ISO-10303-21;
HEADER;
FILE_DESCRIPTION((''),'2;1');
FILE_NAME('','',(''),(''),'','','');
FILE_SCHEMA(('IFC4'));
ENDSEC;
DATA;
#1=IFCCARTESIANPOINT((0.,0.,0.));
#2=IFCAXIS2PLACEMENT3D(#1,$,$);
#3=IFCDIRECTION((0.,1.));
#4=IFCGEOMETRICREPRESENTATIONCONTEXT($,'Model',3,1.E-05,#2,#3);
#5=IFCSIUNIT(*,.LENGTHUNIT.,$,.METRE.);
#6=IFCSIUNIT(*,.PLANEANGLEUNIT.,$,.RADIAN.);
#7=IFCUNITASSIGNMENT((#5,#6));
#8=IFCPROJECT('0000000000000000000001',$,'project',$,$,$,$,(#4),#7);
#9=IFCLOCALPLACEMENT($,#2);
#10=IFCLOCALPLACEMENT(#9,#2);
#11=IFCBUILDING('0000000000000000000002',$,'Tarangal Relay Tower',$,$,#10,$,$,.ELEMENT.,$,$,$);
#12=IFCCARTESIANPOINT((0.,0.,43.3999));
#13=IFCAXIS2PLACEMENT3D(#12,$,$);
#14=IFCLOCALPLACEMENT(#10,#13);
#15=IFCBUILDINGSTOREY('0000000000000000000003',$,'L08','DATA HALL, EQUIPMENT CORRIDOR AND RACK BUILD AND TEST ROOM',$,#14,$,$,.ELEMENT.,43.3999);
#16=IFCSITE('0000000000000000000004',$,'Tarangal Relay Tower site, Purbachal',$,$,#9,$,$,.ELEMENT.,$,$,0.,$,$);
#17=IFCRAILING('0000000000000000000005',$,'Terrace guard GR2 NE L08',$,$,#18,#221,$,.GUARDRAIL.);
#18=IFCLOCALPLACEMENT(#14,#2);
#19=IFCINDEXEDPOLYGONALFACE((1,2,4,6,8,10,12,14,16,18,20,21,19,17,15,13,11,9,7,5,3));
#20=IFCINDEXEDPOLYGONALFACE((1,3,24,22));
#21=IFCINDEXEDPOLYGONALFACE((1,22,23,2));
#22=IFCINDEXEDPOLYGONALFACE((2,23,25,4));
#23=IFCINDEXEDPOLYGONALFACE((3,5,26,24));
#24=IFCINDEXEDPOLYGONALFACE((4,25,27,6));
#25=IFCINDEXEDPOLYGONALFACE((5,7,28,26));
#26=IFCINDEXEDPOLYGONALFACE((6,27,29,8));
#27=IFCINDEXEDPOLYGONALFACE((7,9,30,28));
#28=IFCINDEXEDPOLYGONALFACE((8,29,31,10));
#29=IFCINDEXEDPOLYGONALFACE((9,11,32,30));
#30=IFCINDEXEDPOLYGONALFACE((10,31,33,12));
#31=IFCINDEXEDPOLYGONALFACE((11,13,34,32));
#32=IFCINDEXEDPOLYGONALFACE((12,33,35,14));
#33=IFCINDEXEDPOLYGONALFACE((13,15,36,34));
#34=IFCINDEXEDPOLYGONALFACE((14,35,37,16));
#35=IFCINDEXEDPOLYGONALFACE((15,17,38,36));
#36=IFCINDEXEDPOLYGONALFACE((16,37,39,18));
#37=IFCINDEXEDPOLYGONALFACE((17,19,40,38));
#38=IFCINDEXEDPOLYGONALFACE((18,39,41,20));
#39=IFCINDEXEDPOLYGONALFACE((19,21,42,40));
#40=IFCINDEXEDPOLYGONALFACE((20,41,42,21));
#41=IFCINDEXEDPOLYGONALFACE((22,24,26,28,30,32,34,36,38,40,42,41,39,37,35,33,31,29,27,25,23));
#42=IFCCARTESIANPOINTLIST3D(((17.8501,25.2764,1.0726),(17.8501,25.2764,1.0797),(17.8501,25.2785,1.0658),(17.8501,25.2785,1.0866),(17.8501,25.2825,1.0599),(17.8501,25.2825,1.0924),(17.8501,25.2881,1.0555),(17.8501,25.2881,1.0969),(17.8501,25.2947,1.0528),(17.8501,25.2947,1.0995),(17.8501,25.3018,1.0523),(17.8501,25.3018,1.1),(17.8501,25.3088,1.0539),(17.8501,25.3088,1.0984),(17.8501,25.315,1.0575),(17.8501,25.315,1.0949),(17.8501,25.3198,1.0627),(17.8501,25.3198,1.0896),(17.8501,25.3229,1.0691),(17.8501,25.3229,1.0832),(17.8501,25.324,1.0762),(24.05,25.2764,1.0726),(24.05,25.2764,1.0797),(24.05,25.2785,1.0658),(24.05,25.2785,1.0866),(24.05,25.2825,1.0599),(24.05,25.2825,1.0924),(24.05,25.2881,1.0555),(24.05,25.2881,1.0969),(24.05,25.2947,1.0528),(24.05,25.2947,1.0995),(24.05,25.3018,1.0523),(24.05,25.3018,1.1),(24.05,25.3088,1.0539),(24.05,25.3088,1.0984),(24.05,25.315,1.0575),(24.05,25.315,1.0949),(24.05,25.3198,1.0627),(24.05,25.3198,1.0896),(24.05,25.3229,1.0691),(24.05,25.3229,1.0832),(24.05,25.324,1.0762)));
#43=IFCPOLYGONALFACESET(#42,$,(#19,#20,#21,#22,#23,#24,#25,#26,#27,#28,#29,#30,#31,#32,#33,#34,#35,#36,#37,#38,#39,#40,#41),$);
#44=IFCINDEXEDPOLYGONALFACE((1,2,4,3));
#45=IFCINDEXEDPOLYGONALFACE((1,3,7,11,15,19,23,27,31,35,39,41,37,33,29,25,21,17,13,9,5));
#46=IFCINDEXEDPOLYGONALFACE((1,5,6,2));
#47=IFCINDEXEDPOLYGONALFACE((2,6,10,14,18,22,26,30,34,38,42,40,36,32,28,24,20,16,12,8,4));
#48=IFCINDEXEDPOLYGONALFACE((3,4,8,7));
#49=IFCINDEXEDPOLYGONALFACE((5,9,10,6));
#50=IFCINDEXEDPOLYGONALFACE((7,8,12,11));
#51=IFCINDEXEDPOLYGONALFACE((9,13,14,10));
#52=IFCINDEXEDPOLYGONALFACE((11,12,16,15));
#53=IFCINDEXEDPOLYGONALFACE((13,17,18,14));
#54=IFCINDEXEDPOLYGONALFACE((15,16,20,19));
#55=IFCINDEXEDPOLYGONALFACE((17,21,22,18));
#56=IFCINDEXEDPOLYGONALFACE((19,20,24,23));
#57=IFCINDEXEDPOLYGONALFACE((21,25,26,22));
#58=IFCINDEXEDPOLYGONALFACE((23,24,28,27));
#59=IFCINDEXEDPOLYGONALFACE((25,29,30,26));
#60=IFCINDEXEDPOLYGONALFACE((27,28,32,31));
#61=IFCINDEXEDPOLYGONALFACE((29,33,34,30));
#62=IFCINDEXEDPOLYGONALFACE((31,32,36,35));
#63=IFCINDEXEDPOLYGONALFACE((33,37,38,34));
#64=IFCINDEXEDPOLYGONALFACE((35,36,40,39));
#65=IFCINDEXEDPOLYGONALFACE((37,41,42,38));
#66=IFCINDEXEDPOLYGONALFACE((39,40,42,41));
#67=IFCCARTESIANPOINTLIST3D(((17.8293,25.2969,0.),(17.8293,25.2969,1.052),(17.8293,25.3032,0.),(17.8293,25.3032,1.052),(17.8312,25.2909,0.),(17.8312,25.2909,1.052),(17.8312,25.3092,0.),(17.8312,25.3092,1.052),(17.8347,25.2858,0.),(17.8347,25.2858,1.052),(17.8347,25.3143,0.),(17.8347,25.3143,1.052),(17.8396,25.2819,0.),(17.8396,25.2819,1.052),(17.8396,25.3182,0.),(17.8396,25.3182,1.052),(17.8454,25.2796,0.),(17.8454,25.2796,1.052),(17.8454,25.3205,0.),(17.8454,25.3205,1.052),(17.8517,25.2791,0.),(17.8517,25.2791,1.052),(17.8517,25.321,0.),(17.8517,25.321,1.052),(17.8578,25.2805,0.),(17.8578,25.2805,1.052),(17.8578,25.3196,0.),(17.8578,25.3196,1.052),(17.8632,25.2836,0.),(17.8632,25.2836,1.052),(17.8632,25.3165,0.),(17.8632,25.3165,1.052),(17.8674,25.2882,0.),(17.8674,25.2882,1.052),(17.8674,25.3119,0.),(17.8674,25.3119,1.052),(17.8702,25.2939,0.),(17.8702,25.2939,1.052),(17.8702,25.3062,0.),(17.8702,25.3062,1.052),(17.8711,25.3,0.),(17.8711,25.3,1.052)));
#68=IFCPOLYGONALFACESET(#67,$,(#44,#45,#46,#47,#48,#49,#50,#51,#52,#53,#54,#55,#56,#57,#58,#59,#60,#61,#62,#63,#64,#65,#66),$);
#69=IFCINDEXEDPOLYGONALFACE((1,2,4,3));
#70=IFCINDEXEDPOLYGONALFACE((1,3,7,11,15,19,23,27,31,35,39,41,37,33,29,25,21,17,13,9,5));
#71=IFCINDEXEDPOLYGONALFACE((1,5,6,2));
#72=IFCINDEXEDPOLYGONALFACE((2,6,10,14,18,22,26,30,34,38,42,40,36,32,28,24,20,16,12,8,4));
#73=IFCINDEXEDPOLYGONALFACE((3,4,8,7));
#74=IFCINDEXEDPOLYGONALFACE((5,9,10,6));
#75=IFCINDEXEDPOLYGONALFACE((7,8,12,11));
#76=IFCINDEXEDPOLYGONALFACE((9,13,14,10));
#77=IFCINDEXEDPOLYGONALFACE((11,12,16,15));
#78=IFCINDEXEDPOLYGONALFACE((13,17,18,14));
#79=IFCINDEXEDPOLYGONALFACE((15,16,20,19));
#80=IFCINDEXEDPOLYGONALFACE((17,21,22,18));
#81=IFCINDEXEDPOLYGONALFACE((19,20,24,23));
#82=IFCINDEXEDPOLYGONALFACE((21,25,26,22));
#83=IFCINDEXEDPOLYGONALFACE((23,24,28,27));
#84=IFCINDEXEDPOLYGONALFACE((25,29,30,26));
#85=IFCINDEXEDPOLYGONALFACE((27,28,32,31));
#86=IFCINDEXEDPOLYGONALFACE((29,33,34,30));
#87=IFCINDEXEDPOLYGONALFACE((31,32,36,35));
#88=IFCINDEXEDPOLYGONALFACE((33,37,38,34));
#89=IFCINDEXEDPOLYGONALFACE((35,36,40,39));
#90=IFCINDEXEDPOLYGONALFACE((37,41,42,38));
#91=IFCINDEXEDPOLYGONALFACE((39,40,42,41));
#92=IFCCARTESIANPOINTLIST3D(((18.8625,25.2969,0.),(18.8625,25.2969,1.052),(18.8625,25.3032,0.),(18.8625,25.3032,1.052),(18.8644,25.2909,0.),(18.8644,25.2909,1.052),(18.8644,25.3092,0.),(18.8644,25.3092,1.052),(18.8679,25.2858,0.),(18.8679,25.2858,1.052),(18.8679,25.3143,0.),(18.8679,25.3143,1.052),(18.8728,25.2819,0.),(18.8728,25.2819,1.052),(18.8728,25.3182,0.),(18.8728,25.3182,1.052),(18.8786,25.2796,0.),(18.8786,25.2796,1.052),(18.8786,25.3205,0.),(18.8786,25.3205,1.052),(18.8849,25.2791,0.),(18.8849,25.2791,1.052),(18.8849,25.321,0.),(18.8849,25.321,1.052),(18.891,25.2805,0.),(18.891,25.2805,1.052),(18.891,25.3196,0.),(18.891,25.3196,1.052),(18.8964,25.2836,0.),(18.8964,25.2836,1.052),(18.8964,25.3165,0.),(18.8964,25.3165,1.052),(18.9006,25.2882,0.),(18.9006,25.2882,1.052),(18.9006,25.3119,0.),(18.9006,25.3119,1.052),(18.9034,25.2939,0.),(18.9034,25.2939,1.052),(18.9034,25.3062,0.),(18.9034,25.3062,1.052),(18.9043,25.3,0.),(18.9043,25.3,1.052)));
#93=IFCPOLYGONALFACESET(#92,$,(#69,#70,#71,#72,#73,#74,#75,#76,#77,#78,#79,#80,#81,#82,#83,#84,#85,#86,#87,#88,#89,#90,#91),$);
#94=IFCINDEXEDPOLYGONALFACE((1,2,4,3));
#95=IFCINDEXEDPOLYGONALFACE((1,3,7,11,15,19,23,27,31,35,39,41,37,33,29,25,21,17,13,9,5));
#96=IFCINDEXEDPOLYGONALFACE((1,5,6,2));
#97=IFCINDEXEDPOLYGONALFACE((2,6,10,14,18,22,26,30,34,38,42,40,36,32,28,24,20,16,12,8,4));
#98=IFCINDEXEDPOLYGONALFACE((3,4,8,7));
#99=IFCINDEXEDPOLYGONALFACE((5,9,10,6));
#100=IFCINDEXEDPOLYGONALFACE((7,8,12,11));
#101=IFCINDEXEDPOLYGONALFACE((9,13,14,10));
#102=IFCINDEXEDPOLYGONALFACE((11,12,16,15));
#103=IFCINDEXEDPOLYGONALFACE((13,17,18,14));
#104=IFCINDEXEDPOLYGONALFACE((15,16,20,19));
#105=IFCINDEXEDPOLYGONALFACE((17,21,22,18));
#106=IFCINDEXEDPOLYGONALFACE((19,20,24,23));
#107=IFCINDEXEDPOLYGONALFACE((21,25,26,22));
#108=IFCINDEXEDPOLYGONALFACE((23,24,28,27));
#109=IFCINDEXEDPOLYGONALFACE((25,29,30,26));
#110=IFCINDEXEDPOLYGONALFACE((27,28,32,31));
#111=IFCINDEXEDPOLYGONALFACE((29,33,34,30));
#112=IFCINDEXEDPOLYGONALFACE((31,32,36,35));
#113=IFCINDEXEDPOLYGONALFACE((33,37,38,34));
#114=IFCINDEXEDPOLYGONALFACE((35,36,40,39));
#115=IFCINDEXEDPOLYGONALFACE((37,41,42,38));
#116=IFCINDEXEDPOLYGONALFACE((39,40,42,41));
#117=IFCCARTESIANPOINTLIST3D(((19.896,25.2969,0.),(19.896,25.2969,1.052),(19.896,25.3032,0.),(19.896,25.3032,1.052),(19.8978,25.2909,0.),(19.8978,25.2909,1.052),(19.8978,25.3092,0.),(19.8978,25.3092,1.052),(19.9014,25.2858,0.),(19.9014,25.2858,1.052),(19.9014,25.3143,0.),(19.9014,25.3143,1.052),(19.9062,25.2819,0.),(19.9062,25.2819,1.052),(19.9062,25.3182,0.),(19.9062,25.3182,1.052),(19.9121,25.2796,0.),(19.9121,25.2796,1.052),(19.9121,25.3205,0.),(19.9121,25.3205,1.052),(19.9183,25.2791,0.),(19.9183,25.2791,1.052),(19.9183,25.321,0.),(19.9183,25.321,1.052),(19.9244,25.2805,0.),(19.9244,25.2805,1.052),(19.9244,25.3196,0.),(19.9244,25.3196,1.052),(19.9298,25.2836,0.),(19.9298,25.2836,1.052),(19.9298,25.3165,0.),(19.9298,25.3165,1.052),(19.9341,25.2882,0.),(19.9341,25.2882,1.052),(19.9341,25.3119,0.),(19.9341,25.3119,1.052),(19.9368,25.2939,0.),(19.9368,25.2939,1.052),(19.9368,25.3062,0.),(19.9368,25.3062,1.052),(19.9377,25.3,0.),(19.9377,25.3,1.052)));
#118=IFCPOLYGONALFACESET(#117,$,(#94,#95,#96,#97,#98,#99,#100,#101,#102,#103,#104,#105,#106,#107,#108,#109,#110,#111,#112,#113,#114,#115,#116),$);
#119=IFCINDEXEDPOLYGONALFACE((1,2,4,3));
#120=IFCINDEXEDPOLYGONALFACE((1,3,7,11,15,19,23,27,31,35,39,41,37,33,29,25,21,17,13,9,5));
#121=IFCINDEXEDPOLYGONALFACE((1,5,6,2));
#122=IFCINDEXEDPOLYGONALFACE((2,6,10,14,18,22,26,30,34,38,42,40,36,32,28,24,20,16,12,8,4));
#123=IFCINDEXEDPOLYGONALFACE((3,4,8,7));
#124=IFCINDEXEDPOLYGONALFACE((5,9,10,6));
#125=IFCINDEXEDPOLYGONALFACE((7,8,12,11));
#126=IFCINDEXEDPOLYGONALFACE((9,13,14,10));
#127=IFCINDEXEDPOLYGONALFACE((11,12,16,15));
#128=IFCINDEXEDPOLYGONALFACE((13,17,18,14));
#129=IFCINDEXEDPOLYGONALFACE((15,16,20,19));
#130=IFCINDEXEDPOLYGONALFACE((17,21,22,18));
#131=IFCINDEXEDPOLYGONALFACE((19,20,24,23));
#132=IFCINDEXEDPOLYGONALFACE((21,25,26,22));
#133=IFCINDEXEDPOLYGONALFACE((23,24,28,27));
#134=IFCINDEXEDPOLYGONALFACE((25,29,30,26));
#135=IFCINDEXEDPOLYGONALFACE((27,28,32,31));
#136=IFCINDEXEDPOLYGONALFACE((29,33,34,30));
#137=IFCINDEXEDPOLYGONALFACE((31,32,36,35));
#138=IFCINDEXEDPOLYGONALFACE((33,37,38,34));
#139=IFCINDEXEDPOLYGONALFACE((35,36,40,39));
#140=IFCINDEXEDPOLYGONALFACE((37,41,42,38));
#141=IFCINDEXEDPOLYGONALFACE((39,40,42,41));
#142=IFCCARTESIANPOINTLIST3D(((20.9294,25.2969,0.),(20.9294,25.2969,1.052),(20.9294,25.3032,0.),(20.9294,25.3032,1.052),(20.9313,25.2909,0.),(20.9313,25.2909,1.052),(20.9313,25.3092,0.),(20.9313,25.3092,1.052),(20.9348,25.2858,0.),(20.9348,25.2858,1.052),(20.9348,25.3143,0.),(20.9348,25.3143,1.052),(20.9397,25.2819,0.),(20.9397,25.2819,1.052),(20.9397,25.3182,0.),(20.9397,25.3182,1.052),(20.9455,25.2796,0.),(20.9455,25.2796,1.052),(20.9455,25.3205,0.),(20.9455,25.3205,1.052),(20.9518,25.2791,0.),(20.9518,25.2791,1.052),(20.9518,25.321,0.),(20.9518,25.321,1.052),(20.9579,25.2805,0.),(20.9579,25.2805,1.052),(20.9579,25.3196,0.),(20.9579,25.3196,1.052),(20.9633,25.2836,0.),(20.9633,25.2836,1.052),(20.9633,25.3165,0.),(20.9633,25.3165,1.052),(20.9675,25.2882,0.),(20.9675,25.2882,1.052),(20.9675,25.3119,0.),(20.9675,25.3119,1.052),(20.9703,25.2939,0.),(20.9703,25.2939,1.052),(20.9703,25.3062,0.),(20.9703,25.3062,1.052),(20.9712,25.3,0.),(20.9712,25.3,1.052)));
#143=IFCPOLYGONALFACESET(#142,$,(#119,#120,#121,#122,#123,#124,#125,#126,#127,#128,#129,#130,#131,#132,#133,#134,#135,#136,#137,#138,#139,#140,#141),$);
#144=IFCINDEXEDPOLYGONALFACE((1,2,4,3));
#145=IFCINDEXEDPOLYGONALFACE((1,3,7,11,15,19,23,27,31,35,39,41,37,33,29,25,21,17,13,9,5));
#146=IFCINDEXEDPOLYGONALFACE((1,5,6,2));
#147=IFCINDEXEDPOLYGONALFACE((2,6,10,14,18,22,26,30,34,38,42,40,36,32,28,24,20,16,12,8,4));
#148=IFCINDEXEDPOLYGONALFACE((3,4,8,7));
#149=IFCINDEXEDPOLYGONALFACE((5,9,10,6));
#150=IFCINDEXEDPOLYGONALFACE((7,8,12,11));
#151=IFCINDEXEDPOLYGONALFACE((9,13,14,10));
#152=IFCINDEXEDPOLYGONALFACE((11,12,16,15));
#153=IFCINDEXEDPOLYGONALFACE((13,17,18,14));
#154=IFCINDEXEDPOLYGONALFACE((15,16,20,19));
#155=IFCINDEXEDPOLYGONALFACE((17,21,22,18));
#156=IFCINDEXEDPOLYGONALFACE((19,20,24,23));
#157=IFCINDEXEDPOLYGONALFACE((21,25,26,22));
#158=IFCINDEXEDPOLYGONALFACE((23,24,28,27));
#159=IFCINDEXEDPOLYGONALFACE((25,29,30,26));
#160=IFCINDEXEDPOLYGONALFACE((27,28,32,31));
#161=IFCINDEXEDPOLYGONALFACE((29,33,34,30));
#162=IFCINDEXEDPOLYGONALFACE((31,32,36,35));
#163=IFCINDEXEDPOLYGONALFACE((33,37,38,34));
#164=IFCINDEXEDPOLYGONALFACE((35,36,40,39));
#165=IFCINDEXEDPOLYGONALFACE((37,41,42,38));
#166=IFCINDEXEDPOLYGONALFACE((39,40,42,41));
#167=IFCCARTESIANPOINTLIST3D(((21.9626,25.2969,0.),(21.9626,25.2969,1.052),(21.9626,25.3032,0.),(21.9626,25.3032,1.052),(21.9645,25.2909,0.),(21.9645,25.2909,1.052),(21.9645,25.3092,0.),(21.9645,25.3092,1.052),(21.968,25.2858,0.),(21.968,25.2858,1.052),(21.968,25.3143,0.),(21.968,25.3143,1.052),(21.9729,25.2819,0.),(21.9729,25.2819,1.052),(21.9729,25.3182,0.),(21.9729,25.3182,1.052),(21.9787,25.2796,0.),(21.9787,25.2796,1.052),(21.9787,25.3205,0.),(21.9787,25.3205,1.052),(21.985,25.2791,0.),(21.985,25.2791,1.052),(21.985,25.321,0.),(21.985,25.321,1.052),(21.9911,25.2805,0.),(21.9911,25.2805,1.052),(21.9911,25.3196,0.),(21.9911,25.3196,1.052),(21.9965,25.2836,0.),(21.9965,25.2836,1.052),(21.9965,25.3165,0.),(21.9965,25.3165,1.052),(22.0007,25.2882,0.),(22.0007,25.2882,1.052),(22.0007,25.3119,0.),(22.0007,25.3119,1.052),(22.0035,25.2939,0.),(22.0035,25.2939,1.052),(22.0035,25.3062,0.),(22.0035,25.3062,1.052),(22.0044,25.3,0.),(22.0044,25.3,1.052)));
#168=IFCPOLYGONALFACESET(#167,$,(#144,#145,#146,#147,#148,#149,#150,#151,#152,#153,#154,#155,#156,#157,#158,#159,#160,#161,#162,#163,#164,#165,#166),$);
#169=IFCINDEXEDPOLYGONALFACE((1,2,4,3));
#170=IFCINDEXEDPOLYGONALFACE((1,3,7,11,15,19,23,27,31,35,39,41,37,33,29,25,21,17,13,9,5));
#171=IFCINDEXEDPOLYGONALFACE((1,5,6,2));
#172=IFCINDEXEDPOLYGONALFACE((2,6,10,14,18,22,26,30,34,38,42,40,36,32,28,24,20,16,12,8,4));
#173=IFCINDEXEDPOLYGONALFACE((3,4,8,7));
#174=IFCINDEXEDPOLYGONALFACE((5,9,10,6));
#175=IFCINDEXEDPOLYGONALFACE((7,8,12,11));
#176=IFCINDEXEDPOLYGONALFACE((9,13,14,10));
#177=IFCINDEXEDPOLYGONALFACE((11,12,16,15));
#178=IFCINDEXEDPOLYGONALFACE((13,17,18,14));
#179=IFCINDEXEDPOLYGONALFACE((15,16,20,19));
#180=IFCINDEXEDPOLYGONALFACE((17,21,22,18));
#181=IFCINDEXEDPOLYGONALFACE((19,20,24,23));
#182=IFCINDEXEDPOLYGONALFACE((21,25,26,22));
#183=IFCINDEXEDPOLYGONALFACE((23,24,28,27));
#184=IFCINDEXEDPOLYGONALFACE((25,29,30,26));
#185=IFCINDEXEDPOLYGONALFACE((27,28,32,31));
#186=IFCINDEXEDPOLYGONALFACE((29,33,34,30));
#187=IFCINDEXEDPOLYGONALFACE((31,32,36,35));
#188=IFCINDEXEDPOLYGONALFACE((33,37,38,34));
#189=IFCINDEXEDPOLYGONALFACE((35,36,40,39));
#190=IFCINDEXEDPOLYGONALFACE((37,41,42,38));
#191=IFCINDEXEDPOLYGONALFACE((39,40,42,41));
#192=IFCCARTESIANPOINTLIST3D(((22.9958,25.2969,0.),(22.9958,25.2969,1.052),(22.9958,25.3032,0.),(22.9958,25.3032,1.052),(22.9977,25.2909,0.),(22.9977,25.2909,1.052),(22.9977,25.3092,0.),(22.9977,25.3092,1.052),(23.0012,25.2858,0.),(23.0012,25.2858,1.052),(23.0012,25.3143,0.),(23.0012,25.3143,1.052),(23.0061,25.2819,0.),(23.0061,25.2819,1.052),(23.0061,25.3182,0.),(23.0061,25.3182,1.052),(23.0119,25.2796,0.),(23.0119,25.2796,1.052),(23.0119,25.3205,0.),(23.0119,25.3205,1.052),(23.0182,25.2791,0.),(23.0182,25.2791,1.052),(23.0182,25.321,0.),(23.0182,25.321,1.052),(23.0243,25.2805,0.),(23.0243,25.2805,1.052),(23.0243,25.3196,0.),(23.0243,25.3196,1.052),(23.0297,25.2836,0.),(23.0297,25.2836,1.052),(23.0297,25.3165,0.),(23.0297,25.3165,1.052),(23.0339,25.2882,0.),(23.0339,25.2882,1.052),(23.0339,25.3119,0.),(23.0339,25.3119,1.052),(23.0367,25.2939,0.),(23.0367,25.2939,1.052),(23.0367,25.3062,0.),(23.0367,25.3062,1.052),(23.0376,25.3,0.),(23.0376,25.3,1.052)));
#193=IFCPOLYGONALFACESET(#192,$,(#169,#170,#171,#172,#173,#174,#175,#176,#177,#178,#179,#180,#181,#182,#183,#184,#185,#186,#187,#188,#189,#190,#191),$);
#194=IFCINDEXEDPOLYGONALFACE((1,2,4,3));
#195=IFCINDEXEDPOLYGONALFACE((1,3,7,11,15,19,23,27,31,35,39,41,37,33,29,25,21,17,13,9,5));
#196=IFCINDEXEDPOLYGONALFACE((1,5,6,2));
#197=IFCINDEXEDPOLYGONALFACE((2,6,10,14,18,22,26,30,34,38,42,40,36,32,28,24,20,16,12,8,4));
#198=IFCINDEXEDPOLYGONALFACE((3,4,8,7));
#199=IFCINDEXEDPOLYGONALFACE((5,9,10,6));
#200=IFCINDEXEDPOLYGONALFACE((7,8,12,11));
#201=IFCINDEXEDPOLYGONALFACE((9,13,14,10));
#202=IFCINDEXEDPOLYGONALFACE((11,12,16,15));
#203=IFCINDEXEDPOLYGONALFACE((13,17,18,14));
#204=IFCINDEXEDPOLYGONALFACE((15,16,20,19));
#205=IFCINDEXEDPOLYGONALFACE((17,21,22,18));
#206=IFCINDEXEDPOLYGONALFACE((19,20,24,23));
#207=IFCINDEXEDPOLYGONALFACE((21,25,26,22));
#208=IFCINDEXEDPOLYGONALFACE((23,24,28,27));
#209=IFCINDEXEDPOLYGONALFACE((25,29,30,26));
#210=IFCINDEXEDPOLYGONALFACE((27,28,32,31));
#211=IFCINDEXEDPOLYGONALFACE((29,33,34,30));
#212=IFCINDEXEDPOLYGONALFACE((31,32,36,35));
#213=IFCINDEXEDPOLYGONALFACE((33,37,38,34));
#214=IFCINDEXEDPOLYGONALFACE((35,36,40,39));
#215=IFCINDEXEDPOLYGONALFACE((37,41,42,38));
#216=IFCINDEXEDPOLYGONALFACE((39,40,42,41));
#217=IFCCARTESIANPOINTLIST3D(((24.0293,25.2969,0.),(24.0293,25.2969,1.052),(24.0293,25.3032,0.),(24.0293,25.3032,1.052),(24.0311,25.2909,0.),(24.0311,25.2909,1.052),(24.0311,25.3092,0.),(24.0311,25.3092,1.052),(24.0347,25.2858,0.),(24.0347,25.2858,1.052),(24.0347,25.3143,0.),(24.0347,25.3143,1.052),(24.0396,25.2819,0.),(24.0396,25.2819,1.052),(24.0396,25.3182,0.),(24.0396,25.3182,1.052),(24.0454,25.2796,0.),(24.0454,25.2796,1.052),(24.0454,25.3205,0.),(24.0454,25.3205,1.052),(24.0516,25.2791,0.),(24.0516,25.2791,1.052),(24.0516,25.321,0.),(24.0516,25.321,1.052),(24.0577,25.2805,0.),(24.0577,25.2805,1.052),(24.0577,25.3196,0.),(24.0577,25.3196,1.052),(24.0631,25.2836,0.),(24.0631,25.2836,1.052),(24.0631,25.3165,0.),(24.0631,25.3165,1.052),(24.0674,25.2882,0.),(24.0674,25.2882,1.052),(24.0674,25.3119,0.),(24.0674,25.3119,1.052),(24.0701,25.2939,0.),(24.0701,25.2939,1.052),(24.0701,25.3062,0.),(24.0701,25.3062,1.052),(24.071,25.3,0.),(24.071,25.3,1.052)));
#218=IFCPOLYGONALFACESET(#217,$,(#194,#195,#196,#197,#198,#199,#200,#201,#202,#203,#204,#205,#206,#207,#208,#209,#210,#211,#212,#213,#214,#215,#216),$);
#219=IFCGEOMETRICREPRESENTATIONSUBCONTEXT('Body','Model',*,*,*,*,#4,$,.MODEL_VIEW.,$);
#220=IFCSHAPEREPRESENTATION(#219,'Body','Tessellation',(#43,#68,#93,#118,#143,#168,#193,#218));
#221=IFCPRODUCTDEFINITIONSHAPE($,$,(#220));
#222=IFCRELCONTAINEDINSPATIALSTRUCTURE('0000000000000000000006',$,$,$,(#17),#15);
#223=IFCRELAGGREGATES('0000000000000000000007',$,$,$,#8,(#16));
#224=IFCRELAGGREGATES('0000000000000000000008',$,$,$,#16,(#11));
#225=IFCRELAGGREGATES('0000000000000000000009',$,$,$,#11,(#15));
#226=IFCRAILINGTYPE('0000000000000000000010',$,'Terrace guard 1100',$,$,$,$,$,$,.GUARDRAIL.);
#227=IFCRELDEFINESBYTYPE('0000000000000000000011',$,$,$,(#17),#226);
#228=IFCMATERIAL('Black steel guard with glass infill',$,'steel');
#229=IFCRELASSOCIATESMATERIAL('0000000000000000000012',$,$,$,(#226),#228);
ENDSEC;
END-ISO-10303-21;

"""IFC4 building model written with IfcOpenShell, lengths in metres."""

from ifc_helpers import new_model, si_unit, direction, frame, origin, origin_2d, place, context, subcontext, project, spatial, circle, extrude, material, type_object, element, save


model = new_model("IFC4")

# Units and contexts
model_context = context("Model", 3, precision=1e-05, world=origin(), true_north=direction((0.0, 1.0)))
body_context = subcontext(model_context, "Body", "Model", "MODEL_VIEW")
ifc_project = project(units=[si_unit("LENGTHUNIT", "METRE"), si_unit("PLANEANGLEUNIT", "RADIAN")], contexts=[model_context])

# Site, building, storey
site_placement = place(None, origin())
site = spatial("IfcSite", under=ifc_project, at=site_placement, Name="Tarangal Relay Tower site, Purbachal", CompositionType="ELEMENT", RefElevation=0.0)
building_placement = place(site_placement, origin())
building = spatial("IfcBuilding", under=site, at=building_placement, Name="Tarangal Relay Tower", CompositionType="ELEMENT")
storey_placement = place(building_placement, frame((0.0, 0.0, 43.3999)))
storey = spatial("IfcBuildingStorey", under=building, at=storey_placement, Name="L08", Description="DATA HALL, EQUIPMENT CORRIDOR AND RACK BUILD AND TEST ROOM", CompositionType="ELEMENT", Elevation=43.3999)

# Railing
ifc_material_1 = material(Name="Black steel guard with glass infill", Category="steel")
railing_type_1 = type_object("IfcRailingType", Name="Terrace guard 1100", PredefinedType="GUARDRAIL", material=ifc_material_1)
railing_1_placement = place(storey_placement, frame((17.8501, 25.3, 0.0)))
element("IfcRailing", 1, at=railing_1_placement, inside=storey, type_object=railing_type_1, Name="Terrace guard GR2 NE L08", PredefinedType="GUARDRAIL", context=body_context, shape_type="SweptSolid", body=[
    extrude(circle(Radius=0.0239, at=origin_2d()), frame((0.0, 0.0, 1.0762), z_axis=(1.0, 0.0, 0.0), x_axis=(0.0, 1.0, 0.0)), (0.0, 0.0, 1.0), 6.2),
    extrude(circle(Radius=0.021, at=origin_2d()), origin(), (0.0, 0.0, 1.0), 1.052),
    extrude(circle(Radius=0.021, at=origin_2d()), frame((1.0332, 0.0, 0.0)), (0.0, 0.0, 1.0), 1.052),
    extrude(circle(Radius=0.021, at=origin_2d()), frame((2.0667, 0.0, 0.0)), (0.0, 0.0, 1.0), 1.052),
    extrude(circle(Radius=0.021, at=origin_2d()), frame((3.1001, 0.0, 0.0)), (0.0, 0.0, 1.0), 1.052),
    extrude(circle(Radius=0.021, at=origin_2d()), frame((4.1333, 0.0, 0.0)), (0.0, 0.0, 1.0), 1.052),
    extrude(circle(Radius=0.021, at=origin_2d()), frame((5.1665, 0.0, 0.0)), (0.0, 0.0, 1.0), 1.052),
    extrude(circle(Radius=0.021, at=origin_2d()), frame((6.2, 0.0, 0.0)), (0.0, 0.0, 1.0), 1.052),
])

save(model, "model.ifc")
